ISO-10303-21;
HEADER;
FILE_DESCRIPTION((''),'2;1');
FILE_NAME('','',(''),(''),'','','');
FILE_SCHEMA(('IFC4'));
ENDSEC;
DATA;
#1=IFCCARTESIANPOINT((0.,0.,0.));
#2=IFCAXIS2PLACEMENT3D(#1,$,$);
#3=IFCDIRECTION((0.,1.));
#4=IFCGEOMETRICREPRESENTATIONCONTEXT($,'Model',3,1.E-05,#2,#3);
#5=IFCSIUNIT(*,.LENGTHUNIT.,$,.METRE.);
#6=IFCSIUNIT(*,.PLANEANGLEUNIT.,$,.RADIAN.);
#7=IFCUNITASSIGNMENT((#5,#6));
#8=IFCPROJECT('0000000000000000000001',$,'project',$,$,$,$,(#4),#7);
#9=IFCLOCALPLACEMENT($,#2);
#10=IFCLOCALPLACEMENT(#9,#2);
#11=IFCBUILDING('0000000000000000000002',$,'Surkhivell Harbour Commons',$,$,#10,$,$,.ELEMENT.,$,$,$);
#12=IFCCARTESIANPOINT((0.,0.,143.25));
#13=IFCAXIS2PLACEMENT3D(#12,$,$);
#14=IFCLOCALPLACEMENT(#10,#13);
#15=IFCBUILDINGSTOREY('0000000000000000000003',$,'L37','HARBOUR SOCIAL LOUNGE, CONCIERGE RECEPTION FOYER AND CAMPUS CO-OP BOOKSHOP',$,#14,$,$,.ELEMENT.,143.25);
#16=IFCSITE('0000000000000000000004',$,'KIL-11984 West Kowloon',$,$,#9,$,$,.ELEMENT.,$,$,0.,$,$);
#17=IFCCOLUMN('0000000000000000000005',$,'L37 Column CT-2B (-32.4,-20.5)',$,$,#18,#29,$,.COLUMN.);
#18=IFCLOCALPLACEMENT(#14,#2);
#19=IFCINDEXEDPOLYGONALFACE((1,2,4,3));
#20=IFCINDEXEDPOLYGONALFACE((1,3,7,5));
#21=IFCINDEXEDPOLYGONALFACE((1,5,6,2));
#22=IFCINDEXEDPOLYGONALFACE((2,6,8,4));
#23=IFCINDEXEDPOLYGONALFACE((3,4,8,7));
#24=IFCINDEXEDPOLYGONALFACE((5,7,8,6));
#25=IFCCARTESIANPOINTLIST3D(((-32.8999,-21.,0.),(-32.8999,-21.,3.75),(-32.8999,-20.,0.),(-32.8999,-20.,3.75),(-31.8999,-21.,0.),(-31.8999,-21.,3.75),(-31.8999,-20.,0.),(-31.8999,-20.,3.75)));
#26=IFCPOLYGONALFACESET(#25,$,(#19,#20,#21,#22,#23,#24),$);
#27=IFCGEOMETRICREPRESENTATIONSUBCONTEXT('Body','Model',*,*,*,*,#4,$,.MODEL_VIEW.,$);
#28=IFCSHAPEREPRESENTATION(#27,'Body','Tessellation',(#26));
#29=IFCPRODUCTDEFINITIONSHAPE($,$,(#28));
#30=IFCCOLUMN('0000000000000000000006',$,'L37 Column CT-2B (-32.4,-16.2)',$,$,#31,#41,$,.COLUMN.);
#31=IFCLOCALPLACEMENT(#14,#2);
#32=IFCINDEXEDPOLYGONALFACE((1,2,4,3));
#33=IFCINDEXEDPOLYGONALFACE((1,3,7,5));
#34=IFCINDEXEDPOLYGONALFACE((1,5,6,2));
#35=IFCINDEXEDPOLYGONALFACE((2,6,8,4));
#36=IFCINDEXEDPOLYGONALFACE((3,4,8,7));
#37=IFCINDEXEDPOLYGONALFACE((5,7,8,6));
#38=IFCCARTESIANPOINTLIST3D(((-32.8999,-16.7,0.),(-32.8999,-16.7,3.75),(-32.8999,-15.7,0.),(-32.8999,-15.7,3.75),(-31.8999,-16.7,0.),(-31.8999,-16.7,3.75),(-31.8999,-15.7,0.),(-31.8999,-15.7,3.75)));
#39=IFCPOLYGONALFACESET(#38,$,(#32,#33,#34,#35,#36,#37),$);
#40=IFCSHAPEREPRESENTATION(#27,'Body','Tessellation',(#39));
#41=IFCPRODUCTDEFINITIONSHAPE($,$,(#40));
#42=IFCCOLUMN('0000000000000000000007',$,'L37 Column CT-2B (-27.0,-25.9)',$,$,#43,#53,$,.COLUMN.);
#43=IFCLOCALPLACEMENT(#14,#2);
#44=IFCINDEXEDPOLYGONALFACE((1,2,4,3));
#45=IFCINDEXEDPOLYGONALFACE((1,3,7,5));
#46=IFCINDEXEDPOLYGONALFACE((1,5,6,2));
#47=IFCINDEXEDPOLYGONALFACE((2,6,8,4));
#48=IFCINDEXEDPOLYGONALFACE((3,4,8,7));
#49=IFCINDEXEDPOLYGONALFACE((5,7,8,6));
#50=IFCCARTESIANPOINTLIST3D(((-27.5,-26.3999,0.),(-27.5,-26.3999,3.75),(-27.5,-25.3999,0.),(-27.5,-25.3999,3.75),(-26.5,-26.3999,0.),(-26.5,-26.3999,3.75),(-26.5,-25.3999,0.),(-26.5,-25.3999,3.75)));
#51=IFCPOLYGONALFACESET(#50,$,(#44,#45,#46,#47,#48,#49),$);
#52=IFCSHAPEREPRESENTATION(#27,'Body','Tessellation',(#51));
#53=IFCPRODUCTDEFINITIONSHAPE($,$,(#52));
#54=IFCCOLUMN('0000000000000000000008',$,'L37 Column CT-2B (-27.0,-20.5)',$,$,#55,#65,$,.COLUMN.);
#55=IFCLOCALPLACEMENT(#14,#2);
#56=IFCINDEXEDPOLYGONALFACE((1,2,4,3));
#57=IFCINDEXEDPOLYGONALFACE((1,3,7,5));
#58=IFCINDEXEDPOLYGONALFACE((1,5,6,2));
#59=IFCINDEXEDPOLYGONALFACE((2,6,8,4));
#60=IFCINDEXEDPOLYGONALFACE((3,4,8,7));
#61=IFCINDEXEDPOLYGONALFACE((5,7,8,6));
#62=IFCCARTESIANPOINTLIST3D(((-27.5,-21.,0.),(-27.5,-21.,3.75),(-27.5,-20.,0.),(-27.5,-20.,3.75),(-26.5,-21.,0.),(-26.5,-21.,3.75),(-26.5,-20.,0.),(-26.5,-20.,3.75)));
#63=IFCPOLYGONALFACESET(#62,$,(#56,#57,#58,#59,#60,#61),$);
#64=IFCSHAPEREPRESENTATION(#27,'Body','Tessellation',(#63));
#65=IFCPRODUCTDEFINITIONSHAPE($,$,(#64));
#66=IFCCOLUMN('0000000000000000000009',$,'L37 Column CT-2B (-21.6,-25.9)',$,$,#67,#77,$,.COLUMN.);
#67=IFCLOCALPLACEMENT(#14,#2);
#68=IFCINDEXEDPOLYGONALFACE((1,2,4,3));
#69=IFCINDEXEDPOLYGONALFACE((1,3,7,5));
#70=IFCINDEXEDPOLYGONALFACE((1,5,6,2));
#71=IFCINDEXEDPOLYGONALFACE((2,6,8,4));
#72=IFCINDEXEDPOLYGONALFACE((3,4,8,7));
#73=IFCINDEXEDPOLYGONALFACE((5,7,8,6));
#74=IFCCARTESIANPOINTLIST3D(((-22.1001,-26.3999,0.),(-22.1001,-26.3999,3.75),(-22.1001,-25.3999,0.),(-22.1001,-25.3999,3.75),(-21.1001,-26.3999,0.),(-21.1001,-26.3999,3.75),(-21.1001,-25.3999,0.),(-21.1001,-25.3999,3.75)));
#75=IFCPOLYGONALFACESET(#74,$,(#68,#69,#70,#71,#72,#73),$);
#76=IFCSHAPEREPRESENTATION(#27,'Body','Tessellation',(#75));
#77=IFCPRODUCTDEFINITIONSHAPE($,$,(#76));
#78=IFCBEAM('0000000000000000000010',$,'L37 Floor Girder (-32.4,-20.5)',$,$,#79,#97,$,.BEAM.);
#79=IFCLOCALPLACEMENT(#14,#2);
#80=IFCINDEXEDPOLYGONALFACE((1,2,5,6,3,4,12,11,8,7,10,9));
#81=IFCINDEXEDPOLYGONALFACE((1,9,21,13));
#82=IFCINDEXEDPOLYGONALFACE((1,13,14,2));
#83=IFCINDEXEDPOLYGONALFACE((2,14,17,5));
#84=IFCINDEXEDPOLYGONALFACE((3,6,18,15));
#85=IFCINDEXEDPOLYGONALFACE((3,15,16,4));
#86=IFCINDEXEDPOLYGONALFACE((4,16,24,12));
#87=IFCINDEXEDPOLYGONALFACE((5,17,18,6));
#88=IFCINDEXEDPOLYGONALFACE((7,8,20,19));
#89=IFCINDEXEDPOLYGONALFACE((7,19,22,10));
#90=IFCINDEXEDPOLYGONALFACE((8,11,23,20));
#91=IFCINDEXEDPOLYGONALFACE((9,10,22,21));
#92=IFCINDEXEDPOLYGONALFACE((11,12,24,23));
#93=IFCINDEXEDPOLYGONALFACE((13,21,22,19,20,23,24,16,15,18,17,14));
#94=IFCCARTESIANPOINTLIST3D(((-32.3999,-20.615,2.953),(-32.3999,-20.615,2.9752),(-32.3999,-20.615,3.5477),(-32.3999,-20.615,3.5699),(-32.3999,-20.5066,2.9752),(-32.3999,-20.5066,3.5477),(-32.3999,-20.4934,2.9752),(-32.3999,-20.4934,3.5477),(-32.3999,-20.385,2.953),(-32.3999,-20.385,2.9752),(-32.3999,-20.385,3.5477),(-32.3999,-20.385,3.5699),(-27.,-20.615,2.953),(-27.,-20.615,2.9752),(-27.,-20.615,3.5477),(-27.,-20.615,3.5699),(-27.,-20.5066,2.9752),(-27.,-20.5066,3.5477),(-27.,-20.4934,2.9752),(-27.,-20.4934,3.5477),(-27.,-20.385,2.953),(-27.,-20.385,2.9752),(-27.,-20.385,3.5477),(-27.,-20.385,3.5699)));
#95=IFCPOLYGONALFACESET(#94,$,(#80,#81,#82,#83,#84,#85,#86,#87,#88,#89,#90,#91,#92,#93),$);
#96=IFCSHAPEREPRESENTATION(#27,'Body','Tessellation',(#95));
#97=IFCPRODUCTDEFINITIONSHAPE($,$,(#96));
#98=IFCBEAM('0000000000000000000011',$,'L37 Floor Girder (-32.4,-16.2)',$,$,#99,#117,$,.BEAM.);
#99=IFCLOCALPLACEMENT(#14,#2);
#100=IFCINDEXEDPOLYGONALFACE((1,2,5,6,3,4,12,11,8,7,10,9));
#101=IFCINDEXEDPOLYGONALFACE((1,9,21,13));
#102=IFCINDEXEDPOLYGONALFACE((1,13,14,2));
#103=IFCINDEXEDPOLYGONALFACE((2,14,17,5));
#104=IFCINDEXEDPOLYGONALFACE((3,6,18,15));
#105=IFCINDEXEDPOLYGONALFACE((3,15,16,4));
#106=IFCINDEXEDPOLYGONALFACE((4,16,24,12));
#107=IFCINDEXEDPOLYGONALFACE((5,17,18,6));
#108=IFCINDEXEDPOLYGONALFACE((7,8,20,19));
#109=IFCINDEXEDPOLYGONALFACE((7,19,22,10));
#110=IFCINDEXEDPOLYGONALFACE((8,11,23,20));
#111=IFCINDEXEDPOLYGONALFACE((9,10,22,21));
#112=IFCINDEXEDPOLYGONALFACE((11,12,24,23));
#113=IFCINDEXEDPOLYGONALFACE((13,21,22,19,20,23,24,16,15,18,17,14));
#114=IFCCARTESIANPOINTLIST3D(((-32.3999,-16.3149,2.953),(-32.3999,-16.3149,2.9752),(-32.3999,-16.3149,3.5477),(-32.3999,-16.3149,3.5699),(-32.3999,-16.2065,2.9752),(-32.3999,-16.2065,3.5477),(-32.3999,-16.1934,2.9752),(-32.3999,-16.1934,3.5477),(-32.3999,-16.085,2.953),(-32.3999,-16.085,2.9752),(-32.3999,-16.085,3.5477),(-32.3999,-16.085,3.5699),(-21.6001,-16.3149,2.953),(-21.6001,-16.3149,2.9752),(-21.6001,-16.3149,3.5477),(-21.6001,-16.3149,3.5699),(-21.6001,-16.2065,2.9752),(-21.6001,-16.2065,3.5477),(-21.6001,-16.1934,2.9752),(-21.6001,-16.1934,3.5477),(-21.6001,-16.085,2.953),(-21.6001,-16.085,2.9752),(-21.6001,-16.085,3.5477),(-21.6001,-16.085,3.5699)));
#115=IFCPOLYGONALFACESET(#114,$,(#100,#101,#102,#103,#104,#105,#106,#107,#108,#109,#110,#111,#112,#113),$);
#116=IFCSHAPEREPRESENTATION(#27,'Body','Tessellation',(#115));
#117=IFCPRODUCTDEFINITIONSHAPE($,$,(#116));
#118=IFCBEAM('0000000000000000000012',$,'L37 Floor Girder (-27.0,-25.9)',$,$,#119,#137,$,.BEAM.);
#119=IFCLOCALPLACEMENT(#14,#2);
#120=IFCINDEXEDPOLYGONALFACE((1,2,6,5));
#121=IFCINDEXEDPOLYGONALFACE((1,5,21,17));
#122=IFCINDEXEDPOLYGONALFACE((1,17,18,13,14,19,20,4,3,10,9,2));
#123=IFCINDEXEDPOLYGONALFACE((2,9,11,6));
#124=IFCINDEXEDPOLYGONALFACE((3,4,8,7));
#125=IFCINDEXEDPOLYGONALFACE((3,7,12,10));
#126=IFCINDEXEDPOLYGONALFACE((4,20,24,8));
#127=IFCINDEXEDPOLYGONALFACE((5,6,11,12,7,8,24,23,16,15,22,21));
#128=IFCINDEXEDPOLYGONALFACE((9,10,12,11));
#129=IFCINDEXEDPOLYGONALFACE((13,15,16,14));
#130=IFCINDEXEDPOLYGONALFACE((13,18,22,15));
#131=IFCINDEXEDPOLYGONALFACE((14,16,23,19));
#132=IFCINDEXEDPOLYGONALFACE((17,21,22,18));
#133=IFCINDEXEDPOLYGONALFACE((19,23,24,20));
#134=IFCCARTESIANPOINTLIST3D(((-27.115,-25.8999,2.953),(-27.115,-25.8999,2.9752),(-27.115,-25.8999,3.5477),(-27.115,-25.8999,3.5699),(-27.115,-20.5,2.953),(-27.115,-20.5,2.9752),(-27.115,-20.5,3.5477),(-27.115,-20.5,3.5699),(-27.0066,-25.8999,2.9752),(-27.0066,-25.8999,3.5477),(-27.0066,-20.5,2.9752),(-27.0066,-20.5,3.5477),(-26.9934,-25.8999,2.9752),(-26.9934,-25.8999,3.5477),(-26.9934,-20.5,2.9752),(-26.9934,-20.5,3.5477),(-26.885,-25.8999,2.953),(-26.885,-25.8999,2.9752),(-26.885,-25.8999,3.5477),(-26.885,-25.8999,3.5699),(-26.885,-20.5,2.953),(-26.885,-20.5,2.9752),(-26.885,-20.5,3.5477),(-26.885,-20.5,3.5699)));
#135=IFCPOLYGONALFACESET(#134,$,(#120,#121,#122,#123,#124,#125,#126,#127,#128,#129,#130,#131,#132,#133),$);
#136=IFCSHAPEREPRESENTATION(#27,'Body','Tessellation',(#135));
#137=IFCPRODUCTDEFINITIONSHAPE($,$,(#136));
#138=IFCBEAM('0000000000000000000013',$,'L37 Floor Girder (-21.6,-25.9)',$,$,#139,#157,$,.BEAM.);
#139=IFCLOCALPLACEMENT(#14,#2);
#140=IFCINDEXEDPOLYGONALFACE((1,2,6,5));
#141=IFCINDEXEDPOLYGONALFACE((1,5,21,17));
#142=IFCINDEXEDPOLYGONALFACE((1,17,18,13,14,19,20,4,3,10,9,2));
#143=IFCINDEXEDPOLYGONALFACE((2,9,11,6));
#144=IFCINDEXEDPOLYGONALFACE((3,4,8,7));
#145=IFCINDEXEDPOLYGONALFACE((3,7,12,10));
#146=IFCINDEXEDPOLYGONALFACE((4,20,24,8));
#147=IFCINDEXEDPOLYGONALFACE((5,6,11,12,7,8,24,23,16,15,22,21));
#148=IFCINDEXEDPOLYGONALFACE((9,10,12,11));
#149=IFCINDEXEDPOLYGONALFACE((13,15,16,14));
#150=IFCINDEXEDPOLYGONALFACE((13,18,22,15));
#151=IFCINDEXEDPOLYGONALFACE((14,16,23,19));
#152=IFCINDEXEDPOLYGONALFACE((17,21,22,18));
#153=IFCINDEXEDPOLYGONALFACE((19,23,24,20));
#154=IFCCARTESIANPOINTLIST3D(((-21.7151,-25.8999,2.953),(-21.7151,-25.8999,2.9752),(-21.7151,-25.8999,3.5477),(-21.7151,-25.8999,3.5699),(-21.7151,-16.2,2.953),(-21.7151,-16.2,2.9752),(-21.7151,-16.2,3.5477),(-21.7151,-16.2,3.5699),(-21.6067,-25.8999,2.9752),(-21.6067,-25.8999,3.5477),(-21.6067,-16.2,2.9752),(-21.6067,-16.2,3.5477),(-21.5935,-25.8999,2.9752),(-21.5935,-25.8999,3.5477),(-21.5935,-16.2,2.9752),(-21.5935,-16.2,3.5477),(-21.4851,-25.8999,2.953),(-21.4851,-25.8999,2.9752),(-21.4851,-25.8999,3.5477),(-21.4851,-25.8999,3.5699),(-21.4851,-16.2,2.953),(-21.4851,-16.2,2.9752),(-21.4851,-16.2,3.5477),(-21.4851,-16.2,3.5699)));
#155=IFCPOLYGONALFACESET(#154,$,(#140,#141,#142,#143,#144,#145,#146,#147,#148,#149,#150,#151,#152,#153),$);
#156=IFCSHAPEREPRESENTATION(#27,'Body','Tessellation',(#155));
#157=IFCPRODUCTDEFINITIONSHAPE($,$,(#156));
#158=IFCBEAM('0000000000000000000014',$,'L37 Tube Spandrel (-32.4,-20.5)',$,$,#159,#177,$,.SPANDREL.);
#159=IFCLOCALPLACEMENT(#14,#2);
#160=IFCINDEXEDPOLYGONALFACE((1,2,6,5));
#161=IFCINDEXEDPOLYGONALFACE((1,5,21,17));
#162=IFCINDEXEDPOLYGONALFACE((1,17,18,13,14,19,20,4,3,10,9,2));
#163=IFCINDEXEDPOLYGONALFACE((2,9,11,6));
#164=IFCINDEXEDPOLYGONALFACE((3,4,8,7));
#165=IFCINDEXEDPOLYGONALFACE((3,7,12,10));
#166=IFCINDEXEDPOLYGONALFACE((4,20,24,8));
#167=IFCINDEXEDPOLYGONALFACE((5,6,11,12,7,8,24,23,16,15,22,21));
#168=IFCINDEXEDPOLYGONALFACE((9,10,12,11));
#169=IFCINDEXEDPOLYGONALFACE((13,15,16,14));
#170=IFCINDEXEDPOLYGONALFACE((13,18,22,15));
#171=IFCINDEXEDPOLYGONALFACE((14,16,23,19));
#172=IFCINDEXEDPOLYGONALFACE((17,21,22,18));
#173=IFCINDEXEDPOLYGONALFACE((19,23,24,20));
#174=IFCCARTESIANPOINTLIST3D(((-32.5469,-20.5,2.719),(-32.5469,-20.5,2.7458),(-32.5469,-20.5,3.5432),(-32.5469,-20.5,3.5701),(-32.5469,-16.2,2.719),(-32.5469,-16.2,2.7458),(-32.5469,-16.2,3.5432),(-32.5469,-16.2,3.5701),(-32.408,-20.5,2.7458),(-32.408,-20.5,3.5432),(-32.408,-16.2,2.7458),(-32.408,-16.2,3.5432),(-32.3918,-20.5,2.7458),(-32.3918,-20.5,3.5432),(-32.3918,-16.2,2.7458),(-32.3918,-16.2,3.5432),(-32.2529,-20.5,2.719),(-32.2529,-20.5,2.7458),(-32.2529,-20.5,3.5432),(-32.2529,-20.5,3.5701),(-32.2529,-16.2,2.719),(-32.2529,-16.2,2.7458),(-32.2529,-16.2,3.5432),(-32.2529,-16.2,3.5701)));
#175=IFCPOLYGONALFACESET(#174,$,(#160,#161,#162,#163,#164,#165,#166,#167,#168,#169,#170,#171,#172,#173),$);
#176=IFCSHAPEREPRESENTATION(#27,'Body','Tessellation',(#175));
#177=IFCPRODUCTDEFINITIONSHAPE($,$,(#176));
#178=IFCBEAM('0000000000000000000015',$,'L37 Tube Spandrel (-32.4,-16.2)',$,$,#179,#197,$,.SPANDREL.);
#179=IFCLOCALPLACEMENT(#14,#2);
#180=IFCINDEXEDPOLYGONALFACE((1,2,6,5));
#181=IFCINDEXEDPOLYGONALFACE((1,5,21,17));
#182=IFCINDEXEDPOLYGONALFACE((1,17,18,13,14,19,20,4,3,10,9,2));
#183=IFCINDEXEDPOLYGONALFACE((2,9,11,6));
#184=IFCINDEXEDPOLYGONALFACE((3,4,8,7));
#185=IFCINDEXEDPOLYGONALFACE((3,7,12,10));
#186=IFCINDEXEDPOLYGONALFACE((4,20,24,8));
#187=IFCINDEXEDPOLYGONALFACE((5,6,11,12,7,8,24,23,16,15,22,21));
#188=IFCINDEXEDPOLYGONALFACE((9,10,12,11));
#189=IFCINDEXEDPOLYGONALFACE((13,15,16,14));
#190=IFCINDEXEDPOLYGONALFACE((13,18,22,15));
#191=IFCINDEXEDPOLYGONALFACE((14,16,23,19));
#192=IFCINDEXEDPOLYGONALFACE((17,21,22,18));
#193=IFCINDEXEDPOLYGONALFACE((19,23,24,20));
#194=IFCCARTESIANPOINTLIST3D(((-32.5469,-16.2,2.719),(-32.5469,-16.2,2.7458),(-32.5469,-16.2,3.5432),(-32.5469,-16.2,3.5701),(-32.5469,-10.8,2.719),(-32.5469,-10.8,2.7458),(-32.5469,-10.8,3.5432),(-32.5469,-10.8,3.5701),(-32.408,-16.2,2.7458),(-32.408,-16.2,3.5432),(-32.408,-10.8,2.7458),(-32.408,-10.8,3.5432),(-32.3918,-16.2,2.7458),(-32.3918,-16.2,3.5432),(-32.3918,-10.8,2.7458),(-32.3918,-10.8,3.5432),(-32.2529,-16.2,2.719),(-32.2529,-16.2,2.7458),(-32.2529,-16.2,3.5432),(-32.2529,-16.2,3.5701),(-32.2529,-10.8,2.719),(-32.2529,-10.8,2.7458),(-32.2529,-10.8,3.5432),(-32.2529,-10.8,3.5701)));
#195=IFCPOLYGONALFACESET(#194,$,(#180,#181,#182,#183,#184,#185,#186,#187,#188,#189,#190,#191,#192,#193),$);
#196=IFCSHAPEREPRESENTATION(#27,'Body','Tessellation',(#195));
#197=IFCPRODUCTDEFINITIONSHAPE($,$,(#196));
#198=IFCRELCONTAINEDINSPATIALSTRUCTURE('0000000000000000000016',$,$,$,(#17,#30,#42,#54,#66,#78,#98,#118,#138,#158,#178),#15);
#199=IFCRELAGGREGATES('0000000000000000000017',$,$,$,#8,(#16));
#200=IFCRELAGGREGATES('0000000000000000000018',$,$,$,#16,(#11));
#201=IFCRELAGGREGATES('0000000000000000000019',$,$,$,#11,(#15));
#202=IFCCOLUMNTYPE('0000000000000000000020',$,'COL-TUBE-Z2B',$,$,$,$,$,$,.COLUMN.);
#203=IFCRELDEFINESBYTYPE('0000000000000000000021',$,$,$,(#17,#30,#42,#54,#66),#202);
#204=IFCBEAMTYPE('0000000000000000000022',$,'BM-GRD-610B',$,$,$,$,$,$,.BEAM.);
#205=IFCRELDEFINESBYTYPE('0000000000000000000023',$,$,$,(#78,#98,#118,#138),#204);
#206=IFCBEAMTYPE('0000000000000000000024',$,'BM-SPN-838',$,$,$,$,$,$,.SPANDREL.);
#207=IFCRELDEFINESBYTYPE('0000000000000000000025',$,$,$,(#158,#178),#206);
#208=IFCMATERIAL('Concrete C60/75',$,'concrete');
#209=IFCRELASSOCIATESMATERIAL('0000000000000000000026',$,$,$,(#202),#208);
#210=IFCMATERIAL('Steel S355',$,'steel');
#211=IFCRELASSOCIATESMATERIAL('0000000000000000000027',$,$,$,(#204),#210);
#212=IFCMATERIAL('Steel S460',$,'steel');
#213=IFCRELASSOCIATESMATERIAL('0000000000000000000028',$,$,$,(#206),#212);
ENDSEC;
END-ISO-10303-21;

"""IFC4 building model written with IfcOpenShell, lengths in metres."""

from ifc_helpers import new_model, si_unit, direction, frame, origin, origin_2d, place, context, subcontext, project, spatial, rectangle, i_section, extrude, material, material_profile, profile_set, type_object, element, save


model = new_model("IFC4")

# Units and contexts
model_context = context("Model", 3, precision=1e-05, world=origin(), true_north=direction((0.0, 1.0)))
body_context = subcontext(model_context, "Body", "Model", "MODEL_VIEW")
ifc_project = project(units=[si_unit("LENGTHUNIT", "METRE"), si_unit("PLANEANGLEUNIT", "RADIAN")], contexts=[model_context])

# Site, building, storey
site_placement = place(None, origin())
site = spatial("IfcSite", under=ifc_project, at=site_placement, Name="KIL-11984 West Kowloon", CompositionType="ELEMENT", RefElevation=0.0)
building_placement = place(site_placement, origin())
building = spatial("IfcBuilding", under=site, at=building_placement, Name="Surkhivell Harbour Commons", CompositionType="ELEMENT")
storey_placement = place(building_placement, frame((0.0, 0.0, 143.25)))
storey = spatial("IfcBuildingStorey", under=building, at=storey_placement, Name="L37", Description="HARBOUR SOCIAL LOUNGE, CONCIERGE RECEPTION FOYER AND CAMPUS CO-OP BOOKSHOP", CompositionType="ELEMENT", Elevation=143.25)

# Columns
ifc_material_1 = material(Name="Concrete C60/75", Category="concrete")
ifc_material_profile_1 = material_profile(ifc_material_1, rectangle(XDim=1.0, YDim=1.0, at=origin_2d()), Name="RC-COL-1000x1000")
ifc_profile_set_1 = profile_set([ifc_material_profile_1], Name="Concrete C60/75")
column_type = type_object("IfcColumnType", Name="COL-TUBE-Z2B", PredefinedType="COLUMN", material=ifc_profile_set_1)
for number, where, z_axis, x_axis, name in (
    (1, (-32.3999, -20.5, 0.0), (0.0, 0.0, 1.0), (1.0, 0.0, 0.0), "L37 Column CT-2B (-32.4,-20.5)"),
    (2, (-32.3999, -16.2, 0.0), (0.0, 0.0, 1.0), (1.0, 0.0, 0.0), "L37 Column CT-2B (-32.4,-16.2)"),
    (3, (-27.0, -25.8999, 0.0), (0.0, 0.0, 1.0), (1.0, 0.0, 0.0), "L37 Column CT-2B (-27.0,-25.9)"),
    (4, (-27.0, -20.5, 0.0), (0.0, 0.0, 1.0), (1.0, 0.0, 0.0), "L37 Column CT-2B (-27.0,-20.5)"),
    (5, (-21.6001, -25.8999, 0.0), (0.0, 0.0, 1.0), (1.0, 0.0, 0.0), "L37 Column CT-2B (-21.6,-25.9)"),
):
    element("IfcColumn", number, at=place(storey_placement, frame(where, z_axis=z_axis, x_axis=x_axis)), inside=storey, type_object=column_type, Name=name, PredefinedType="COLUMN", context=body_context, shape_type="SweptSolid", body=[
        extrude(rectangle(XDim=1.0, YDim=1.0, at=origin_2d()), origin(), (0.0, 0.0, 1.0), 3.75),
    ])

# Beams
ifc_material_2 = material(Name="Steel S355", Category="steel")
ifc_material_profile_2 = material_profile(ifc_material_2, i_section(OverallWidth=0.23, OverallDepth=0.6169, WebThickness=0.0132, FlangeThickness=0.0222, at=origin_2d()), Name="UB610x229x140")
ifc_profile_set_2 = profile_set([ifc_material_profile_2], Name="Steel S355")
beam_type_1 = type_object("IfcBeamType", Name="BM-GRD-610B", PredefinedType="BEAM", material=ifc_profile_set_2)
beam_1_placement = place(storey_placement, frame((-32.3999, -20.5, 3.2615), z_axis=(1.0, 0.0, 0.0), x_axis=(0.0, 1.0, 0.0)))
element("IfcBeam", 6, at=beam_1_placement, inside=storey, type_object=beam_type_1, Name="L37 Floor Girder (-32.4,-20.5)", PredefinedType="BEAM", context=body_context, shape_type="SweptSolid", body=[
    extrude(i_section(OverallWidth=0.23, OverallDepth=0.6169, WebThickness=0.0132, FlangeThickness=0.0222, at=origin_2d()), origin(), (0.0, 0.0, 1.0), 5.3999),
])
beam_2_placement = place(storey_placement, frame((-32.3999, -16.2, 3.2615), z_axis=(1.0, 0.0, 0.0), x_axis=(0.0, 1.0, 0.0)))
element("IfcBeam", 7, at=beam_2_placement, inside=storey, type_object=beam_type_1, Name="L37 Floor Girder (-32.4,-16.2)", PredefinedType="BEAM", context=body_context, shape_type="SweptSolid", body=[
    extrude(i_section(OverallWidth=0.23, OverallDepth=0.6169, WebThickness=0.0132, FlangeThickness=0.0222, at=origin_2d()), origin(), (0.0, 0.0, 1.0), 10.7998),
])
beam_3_placement = place(storey_placement, frame((-27.0, -25.8999, 3.2615), z_axis=(0.0, 1.0, 0.0), x_axis=(-1.0, 0.0, 0.0)))
element("IfcBeam", 8, at=beam_3_placement, inside=storey, type_object=beam_type_1, Name="L37 Floor Girder (-27.0,-25.9)", PredefinedType="BEAM", context=body_context, shape_type="SweptSolid", body=[
    extrude(i_section(OverallWidth=0.23, OverallDepth=0.6169, WebThickness=0.0132, FlangeThickness=0.0222, at=origin_2d()), origin(), (0.0, 0.0, 1.0), 5.3999),
])
beam_4_placement = place(storey_placement, frame((-21.6001, -25.8999, 3.2615), z_axis=(0.0, 1.0, 0.0), x_axis=(-1.0, 0.0, 0.0)))
element("IfcBeam", 9, at=beam_4_placement, inside=storey, type_object=beam_type_1, Name="L37 Floor Girder (-21.6,-25.9)", PredefinedType="BEAM", context=body_context, shape_type="SweptSolid", body=[
    extrude(i_section(OverallWidth=0.23, OverallDepth=0.6169, WebThickness=0.0132, FlangeThickness=0.0222, at=origin_2d()), origin(), (0.0, 0.0, 1.0), 9.7),
])
ifc_material_3 = material(Name="Steel S460", Category="steel")
ifc_material_profile_3 = material_profile(ifc_material_3, i_section(OverallWidth=0.2939, OverallDepth=0.8511, WebThickness=0.0161, FlangeThickness=0.0269, at=origin_2d()), Name="UB838x292x226")
ifc_profile_set_3 = profile_set([ifc_material_profile_3], Name="Steel S460")
beam_type_2 = type_object("IfcBeamType", Name="BM-SPN-838", PredefinedType="SPANDREL", material=ifc_profile_set_3)
beam_5_placement = place(storey_placement, frame((-32.3999, -20.5, 3.1445), z_axis=(0.0, 1.0, 0.0), x_axis=(-1.0, 0.0, 0.0)))
element("IfcBeam", 10, at=beam_5_placement, inside=storey, type_object=beam_type_2, Name="L37 Tube Spandrel (-32.4,-20.5)", PredefinedType="SPANDREL", context=body_context, shape_type="SweptSolid", body=[
    extrude(i_section(OverallWidth=0.2939, OverallDepth=0.8511, WebThickness=0.0161, FlangeThickness=0.0269, at=origin_2d()), origin(), (0.0, 0.0, 1.0), 4.3),
])
for number, where, z_axis, x_axis, name in (
    (11, (-32.3999, -16.2, 3.1445), (0.0, 1.0, 0.0), (-1.0, 0.0, 0.0), "L37 Tube Spandrel (-32.4,-16.2)"),
):
    element("IfcBeam", number, at=place(storey_placement, frame(where, z_axis=z_axis, x_axis=x_axis)), inside=storey, type_object=beam_type_2, Name=name, PredefinedType="SPANDREL", context=body_context, shape_type="SweptSolid", body=[
        extrude(i_section(OverallWidth=0.2939, OverallDepth=0.8511, WebThickness=0.0161, FlangeThickness=0.0269, at=origin_2d()), origin(), (0.0, 0.0, 1.0), 5.3999),
    ])

save(model, "model.ifc")
